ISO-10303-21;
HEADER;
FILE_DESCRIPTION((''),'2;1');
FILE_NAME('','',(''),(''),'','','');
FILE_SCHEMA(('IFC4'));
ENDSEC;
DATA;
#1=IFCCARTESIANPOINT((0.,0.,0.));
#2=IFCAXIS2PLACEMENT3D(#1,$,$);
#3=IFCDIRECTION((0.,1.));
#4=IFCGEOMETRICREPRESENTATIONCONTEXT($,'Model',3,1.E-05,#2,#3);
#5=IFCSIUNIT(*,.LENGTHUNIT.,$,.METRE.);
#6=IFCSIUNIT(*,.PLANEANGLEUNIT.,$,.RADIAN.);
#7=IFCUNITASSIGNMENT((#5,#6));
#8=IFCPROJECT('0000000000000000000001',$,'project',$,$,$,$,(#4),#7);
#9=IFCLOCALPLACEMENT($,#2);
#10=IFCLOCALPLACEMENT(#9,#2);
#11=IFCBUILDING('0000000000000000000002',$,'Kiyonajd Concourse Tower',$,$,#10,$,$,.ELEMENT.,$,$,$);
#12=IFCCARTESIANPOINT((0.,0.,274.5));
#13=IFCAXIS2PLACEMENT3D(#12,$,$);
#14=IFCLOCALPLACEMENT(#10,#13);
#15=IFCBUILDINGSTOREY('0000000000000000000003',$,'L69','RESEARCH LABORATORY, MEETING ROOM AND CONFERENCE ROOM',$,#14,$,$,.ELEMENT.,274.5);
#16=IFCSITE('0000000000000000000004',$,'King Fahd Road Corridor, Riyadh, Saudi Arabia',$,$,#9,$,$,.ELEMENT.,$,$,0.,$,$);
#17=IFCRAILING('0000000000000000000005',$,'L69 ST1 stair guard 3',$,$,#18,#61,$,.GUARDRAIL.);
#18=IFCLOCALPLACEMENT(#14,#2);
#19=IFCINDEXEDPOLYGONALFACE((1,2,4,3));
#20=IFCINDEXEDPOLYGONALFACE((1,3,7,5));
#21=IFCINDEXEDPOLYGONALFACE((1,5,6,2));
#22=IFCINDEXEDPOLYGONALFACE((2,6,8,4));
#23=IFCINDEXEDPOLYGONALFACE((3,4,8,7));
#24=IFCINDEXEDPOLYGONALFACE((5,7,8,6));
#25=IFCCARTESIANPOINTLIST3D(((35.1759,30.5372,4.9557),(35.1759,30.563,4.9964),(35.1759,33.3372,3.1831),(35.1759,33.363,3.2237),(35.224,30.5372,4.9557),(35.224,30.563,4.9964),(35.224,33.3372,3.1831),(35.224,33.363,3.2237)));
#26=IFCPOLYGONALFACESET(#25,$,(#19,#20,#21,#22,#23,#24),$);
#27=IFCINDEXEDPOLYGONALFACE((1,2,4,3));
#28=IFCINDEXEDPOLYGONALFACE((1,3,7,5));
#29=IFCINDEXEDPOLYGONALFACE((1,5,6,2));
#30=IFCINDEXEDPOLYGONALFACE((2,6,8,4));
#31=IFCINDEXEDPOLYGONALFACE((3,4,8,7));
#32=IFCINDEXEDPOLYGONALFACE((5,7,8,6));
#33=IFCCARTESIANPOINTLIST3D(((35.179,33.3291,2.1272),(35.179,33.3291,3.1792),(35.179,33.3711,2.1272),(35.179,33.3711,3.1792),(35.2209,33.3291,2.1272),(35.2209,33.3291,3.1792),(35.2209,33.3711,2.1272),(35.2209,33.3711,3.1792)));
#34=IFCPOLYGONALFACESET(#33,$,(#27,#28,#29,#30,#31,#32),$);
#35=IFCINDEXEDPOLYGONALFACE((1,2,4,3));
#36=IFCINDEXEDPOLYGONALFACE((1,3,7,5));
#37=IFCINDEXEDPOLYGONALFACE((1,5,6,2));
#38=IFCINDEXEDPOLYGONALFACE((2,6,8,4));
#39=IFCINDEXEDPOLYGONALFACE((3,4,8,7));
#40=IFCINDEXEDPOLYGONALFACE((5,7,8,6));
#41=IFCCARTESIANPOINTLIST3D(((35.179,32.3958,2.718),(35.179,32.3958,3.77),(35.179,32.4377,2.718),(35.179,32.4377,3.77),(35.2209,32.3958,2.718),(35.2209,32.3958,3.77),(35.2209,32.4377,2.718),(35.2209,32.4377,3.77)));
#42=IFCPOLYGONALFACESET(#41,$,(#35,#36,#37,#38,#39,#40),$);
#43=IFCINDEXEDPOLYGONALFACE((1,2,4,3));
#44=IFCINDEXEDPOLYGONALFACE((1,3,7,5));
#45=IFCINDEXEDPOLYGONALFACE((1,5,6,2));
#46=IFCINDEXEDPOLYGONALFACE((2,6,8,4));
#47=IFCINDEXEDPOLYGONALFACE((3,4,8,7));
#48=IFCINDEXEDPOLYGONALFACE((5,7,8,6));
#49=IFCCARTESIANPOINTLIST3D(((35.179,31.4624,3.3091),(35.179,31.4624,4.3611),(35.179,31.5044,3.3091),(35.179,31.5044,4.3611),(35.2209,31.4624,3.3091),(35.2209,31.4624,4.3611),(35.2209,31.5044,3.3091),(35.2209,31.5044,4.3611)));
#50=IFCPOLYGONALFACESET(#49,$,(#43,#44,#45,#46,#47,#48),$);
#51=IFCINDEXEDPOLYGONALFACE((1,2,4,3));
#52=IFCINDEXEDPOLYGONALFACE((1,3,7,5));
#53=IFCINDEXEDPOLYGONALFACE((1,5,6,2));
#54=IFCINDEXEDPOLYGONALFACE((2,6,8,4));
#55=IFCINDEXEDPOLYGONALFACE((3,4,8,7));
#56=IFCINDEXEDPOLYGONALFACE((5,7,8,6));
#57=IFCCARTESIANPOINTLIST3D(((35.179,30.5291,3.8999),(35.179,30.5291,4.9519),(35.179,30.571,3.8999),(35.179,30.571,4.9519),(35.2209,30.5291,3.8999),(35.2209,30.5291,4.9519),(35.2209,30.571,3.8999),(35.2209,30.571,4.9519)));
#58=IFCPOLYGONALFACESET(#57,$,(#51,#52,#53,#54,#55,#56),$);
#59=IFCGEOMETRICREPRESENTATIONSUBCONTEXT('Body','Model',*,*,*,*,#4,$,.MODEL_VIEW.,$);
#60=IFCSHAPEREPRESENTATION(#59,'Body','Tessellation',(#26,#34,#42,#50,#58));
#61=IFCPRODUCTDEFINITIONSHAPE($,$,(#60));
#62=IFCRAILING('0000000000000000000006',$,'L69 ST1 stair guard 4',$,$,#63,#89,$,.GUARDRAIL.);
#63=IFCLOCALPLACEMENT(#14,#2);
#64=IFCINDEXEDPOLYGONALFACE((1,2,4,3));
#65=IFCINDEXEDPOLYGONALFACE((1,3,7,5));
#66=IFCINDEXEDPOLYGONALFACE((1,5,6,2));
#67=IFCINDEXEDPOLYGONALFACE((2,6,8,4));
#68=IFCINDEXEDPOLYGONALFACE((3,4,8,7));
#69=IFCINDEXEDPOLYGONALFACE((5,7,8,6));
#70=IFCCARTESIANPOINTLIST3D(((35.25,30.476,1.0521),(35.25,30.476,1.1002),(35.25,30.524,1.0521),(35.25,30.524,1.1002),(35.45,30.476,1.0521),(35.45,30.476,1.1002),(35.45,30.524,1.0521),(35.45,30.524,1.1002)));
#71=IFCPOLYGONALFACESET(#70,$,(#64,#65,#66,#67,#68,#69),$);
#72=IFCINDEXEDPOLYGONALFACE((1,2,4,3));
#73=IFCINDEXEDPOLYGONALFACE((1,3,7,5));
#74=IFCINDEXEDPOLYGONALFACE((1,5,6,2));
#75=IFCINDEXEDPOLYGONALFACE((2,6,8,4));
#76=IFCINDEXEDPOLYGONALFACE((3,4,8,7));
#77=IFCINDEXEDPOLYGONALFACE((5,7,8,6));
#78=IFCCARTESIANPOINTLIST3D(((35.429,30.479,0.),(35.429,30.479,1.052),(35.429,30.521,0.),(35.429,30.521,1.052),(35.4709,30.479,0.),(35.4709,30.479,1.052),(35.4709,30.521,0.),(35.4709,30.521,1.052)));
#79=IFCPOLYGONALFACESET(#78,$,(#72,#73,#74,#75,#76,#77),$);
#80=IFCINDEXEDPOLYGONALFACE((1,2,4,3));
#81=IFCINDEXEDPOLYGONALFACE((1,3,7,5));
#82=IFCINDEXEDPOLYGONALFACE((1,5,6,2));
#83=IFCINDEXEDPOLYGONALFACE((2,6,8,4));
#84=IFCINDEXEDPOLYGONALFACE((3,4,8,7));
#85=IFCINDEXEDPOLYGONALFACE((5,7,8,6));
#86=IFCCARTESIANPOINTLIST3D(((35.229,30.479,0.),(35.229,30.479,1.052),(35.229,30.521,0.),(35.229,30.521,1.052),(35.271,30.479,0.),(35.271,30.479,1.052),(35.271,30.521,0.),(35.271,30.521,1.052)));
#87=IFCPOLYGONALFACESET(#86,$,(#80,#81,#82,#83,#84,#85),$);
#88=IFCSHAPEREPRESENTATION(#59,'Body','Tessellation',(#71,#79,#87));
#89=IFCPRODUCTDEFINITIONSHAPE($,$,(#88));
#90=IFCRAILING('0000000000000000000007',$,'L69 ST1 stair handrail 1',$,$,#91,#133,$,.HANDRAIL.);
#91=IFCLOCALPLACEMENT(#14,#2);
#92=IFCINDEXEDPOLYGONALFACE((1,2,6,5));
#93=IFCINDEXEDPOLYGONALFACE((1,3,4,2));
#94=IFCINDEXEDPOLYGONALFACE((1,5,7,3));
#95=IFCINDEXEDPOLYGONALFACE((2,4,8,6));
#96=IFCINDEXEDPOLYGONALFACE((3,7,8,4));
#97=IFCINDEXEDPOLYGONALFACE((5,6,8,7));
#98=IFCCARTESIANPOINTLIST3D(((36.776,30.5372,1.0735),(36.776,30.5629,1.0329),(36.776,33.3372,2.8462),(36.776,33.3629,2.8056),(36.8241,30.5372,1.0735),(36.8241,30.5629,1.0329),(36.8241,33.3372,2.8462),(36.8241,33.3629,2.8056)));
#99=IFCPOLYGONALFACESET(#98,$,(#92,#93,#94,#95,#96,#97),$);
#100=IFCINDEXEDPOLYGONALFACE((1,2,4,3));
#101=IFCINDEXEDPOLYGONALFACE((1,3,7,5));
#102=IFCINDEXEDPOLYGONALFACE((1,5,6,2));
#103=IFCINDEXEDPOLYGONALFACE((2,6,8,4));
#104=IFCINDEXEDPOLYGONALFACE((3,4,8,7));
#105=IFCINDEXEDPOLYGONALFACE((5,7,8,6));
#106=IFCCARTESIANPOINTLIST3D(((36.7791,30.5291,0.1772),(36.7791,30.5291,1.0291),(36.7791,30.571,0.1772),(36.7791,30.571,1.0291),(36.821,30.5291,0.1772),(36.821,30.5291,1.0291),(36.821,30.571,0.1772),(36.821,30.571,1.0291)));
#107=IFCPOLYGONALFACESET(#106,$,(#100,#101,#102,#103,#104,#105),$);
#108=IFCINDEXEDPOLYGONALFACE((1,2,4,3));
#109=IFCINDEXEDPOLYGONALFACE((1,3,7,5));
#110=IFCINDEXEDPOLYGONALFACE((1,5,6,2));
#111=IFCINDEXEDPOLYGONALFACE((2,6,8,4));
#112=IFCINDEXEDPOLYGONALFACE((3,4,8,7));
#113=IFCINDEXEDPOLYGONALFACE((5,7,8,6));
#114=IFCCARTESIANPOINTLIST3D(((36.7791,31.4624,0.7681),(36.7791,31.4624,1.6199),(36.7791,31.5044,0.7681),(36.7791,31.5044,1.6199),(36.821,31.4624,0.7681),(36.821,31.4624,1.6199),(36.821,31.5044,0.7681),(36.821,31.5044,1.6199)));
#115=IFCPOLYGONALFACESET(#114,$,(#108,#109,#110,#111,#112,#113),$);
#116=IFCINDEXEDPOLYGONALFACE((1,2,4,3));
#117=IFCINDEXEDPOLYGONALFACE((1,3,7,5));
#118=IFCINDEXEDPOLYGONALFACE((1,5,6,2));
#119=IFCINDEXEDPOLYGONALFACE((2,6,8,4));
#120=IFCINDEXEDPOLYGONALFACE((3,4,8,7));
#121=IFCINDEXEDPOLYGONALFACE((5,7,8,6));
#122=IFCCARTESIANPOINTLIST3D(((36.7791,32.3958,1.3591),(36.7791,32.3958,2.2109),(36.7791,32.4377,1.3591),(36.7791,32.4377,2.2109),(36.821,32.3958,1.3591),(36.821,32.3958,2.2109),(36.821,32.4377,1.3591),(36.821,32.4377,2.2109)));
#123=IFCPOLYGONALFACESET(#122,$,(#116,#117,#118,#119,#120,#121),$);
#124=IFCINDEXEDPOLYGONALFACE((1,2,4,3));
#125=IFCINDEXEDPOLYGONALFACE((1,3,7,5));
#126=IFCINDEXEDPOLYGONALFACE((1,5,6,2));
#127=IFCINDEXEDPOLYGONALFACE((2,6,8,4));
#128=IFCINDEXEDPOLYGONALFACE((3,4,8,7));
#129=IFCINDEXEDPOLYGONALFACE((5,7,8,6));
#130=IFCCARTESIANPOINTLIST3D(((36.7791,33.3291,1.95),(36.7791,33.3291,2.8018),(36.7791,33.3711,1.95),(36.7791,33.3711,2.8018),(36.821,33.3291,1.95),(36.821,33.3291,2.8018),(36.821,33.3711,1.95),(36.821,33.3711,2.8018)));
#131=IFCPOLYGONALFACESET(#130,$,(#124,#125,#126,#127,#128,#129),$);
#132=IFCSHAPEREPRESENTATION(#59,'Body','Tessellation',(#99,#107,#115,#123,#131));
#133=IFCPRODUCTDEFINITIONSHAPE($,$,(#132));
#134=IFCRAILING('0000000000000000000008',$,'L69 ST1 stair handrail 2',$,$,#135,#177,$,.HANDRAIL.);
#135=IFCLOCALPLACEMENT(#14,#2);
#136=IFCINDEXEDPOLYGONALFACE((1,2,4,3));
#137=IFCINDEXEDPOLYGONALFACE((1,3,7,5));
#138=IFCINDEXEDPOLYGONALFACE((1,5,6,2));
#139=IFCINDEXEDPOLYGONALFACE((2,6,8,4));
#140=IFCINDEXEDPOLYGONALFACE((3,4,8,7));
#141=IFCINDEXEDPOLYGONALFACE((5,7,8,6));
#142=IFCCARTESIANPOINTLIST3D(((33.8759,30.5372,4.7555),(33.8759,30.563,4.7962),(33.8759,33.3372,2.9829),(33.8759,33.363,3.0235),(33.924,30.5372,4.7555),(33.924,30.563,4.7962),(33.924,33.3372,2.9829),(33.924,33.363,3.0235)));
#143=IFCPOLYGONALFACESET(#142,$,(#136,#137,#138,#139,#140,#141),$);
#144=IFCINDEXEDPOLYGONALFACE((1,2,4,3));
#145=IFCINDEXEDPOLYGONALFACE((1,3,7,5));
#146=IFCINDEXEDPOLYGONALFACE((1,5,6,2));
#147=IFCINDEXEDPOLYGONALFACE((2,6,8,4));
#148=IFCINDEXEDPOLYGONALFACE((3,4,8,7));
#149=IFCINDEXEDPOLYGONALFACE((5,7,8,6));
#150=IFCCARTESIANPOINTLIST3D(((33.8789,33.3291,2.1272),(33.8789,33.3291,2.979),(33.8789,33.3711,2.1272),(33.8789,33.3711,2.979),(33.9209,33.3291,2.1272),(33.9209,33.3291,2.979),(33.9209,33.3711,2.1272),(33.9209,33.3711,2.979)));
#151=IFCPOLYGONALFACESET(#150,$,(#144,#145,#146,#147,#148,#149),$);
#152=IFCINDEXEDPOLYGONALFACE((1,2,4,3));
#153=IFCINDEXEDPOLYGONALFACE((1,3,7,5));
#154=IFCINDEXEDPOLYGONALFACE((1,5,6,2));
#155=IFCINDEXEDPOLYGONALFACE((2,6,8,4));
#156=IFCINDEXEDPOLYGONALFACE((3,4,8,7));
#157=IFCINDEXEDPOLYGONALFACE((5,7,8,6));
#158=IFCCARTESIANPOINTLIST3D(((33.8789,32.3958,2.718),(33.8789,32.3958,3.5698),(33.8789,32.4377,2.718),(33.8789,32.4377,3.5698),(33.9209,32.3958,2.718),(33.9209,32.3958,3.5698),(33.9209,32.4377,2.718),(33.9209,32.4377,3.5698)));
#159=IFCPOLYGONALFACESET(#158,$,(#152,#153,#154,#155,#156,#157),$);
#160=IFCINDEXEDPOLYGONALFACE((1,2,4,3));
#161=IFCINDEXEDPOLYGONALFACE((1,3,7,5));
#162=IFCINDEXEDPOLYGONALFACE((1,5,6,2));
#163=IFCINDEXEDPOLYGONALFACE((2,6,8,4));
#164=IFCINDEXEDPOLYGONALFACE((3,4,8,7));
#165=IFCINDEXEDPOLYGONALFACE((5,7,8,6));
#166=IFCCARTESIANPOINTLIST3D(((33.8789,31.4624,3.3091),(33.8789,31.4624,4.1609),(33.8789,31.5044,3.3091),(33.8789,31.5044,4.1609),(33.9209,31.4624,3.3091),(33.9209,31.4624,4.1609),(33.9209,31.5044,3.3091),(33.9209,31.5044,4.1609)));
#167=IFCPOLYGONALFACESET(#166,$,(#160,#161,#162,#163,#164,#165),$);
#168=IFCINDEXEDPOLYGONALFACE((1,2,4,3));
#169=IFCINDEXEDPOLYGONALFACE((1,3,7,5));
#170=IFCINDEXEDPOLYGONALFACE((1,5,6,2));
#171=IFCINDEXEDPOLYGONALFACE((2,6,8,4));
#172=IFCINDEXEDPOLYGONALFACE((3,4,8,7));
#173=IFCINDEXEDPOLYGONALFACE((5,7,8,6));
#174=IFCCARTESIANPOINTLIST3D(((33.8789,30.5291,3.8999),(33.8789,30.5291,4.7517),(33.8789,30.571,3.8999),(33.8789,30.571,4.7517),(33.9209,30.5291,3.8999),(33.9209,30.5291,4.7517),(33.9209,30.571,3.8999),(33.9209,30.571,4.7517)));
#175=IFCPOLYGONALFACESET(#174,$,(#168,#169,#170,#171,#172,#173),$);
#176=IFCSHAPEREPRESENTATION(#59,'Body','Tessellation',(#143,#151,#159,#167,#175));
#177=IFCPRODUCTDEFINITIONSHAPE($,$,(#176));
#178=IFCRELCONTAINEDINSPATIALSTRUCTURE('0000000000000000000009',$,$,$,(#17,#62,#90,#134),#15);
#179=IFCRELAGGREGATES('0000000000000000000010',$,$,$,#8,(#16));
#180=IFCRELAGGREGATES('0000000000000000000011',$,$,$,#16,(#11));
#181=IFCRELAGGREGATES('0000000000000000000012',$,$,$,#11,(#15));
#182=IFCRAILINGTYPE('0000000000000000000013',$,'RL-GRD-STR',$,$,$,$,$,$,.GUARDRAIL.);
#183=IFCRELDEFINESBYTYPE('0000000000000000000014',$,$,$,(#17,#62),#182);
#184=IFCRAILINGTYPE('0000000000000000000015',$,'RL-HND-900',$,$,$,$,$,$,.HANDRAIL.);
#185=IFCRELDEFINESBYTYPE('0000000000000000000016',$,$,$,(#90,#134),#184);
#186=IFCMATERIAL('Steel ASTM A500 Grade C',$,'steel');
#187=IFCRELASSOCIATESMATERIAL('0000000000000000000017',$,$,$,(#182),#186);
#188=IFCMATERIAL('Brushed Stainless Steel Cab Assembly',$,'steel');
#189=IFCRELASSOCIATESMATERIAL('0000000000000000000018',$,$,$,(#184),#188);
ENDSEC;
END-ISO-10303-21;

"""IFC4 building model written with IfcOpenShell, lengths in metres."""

from ifc_helpers import new_model, si_unit, direction, frame, origin, origin_2d, place, context, subcontext, project, spatial, rectangle, extrude, material, type_object, element, save


model = new_model("IFC4")

# Units and contexts
model_context = context("Model", 3, precision=1e-05, world=origin(), true_north=direction((0.0, 1.0)))
body_context = subcontext(model_context, "Body", "Model", "MODEL_VIEW")
ifc_project = project(units=[si_unit("LENGTHUNIT", "METRE"), si_unit("PLANEANGLEUNIT", "RADIAN")], contexts=[model_context])

# Site, building, storey
site_placement = place(None, origin())
site = spatial("IfcSite", under=ifc_project, at=site_placement, Name="King Fahd Road Corridor, Riyadh, Saudi Arabia", CompositionType="ELEMENT", RefElevation=0.0)
building_placement = place(site_placement, origin())
building = spatial("IfcBuilding", under=site, at=building_placement, Name="Kiyonajd Concourse Tower", CompositionType="ELEMENT")
storey_placement = place(building_placement, frame((0.0, 0.0, 274.5)))
storey = spatial("IfcBuildingStorey", under=building, at=storey_placement, Name="L69", Description="RESEARCH LABORATORY, MEETING ROOM AND CONFERENCE ROOM", CompositionType="ELEMENT", Elevation=274.5)

# Shared definitions
ifc_material_1 = material(Name="Brushed Stainless Steel Cab Assembly", Category="steel")

# Railings
ifc_material_2 = material(Name="Steel ASTM A500 Grade C", Category="steel")
railing_type_1 = type_object("IfcRailingType", Name="RL-GRD-STR", PredefinedType="GUARDRAIL", material=ifc_material_2)
railing_1_placement = place(storey_placement, frame((35.2, 33.3501, 2.1272)))
element("IfcRailing", 1, at=railing_1_placement, inside=storey, type_object=railing_type_1, Name="L69 ST1 stair guard 3", PredefinedType="GUARDRAIL", context=body_context, shape_type="SweptSolid", body=[
    extrude(rectangle(XDim=0.0481, YDim=0.0481, at=origin_2d()), frame((0.0, 0.0, 1.0762), z_axis=(0.0, -0.844909, 0.53491), x_axis=(1.0, 0.0, 0.0)), (0.0, 0.0, 1.0), 3.314),
    extrude(rectangle(XDim=0.042, YDim=0.042, at=origin_2d()), origin(), (0.0, 0.0, 1.0), 1.052),
    extrude(rectangle(XDim=0.042, YDim=0.042, at=origin_2d()), frame((0.0, -0.9333, 0.5908)), (0.0, 0.0, 1.0), 1.052),
    extrude(rectangle(XDim=0.042, YDim=0.042, at=origin_2d()), frame((0.0, -1.8667, 1.1819)), (0.0, 0.0, 1.0), 1.052),
    extrude(rectangle(XDim=0.042, YDim=0.042, at=origin_2d()), frame((0.0, -2.8, 1.7727)), (0.0, 0.0, 1.0), 1.052),
])
railing_2_placement = place(storey_placement, frame((35.45, 30.5, 0.0)))
element("IfcRailing", 2, at=railing_2_placement, inside=storey, type_object=railing_type_1, Name="L69 ST1 stair guard 4", PredefinedType="GUARDRAIL", context=body_context, shape_type="SweptSolid", body=[
    extrude(rectangle(XDim=0.0481, YDim=0.0481, at=origin_2d()), frame((0.0, 0.0, 1.0762), z_axis=(-1.0, 0.0, 0.0), x_axis=(0.0, -1.0, 0.0)), (0.0, 0.0, 1.0), 0.2),
    extrude(rectangle(XDim=0.042, YDim=0.042, at=origin_2d()), origin(), (0.0, 0.0, 1.0), 1.052),
    extrude(rectangle(XDim=0.042, YDim=0.042, at=origin_2d()), frame((-0.2, 0.0, 0.0)), (0.0, 0.0, 1.0), 1.052),
])
railing_type_2 = type_object("IfcRailingType", Name="RL-HND-900", PredefinedType="HANDRAIL", material=ifc_material_1)
railing_3_placement = place(storey_placement, frame((36.8, 30.55, 0.1772)))
element("IfcRailing", 3, at=railing_3_placement, inside=storey, type_object=railing_type_2, Name="L69 ST1 stair handrail 1", PredefinedType="HANDRAIL", context=body_context, shape_type="SweptSolid", body=[
    extrude(rectangle(XDim=0.0481, YDim=0.0481, at=origin_2d()), frame((0.0, 0.0, 0.876), z_axis=(0.0, 0.844909, 0.53491), x_axis=(-1.0, 0.0, 0.0)), (0.0, 0.0, 1.0), 3.314),
    extrude(rectangle(XDim=0.042, YDim=0.042, at=origin_2d()), origin(), (0.0, 0.0, 1.0), 0.8518),
    extrude(rectangle(XDim=0.042, YDim=0.042, at=origin_2d()), frame((0.0, 0.9333, 0.5908)), (0.0, 0.0, 1.0), 0.8518),
    extrude(rectangle(XDim=0.042, YDim=0.042, at=origin_2d()), frame((0.0, 1.8667, 1.1819)), (0.0, 0.0, 1.0), 0.8518),
    extrude(rectangle(XDim=0.042, YDim=0.042, at=origin_2d()), frame((0.0, 2.8, 1.7727)), (0.0, 0.0, 1.0), 0.8518),
])
railing_4_placement = place(storey_placement, frame((33.8999, 33.3501, 2.1272)))
element("IfcRailing", 4, at=railing_4_placement, inside=storey, type_object=railing_type_2, Name="L69 ST1 stair handrail 2", PredefinedType="HANDRAIL", context=body_context, shape_type="SweptSolid", body=[
    extrude(rectangle(XDim=0.0481, YDim=0.0481, at=origin_2d()), frame((0.0, 0.0, 0.876), z_axis=(0.0, -0.844909, 0.53491), x_axis=(1.0, 0.0, 0.0)), (0.0, 0.0, 1.0), 3.314),
    extrude(rectangle(XDim=0.042, YDim=0.042, at=origin_2d()), origin(), (0.0, 0.0, 1.0), 0.8518),
    extrude(rectangle(XDim=0.042, YDim=0.042, at=origin_2d()), frame((0.0, -0.9333, 0.5908)), (0.0, 0.0, 1.0), 0.8518),
    extrude(rectangle(XDim=0.042, YDim=0.042, at=origin_2d()), frame((0.0, -1.8667, 1.1819)), (0.0, 0.0, 1.0), 0.8518),
    extrude(rectangle(XDim=0.042, YDim=0.042, at=origin_2d()), frame((0.0, -2.8, 1.7727)), (0.0, 0.0, 1.0), 0.8518),
])

save(model, "model.ifc")
